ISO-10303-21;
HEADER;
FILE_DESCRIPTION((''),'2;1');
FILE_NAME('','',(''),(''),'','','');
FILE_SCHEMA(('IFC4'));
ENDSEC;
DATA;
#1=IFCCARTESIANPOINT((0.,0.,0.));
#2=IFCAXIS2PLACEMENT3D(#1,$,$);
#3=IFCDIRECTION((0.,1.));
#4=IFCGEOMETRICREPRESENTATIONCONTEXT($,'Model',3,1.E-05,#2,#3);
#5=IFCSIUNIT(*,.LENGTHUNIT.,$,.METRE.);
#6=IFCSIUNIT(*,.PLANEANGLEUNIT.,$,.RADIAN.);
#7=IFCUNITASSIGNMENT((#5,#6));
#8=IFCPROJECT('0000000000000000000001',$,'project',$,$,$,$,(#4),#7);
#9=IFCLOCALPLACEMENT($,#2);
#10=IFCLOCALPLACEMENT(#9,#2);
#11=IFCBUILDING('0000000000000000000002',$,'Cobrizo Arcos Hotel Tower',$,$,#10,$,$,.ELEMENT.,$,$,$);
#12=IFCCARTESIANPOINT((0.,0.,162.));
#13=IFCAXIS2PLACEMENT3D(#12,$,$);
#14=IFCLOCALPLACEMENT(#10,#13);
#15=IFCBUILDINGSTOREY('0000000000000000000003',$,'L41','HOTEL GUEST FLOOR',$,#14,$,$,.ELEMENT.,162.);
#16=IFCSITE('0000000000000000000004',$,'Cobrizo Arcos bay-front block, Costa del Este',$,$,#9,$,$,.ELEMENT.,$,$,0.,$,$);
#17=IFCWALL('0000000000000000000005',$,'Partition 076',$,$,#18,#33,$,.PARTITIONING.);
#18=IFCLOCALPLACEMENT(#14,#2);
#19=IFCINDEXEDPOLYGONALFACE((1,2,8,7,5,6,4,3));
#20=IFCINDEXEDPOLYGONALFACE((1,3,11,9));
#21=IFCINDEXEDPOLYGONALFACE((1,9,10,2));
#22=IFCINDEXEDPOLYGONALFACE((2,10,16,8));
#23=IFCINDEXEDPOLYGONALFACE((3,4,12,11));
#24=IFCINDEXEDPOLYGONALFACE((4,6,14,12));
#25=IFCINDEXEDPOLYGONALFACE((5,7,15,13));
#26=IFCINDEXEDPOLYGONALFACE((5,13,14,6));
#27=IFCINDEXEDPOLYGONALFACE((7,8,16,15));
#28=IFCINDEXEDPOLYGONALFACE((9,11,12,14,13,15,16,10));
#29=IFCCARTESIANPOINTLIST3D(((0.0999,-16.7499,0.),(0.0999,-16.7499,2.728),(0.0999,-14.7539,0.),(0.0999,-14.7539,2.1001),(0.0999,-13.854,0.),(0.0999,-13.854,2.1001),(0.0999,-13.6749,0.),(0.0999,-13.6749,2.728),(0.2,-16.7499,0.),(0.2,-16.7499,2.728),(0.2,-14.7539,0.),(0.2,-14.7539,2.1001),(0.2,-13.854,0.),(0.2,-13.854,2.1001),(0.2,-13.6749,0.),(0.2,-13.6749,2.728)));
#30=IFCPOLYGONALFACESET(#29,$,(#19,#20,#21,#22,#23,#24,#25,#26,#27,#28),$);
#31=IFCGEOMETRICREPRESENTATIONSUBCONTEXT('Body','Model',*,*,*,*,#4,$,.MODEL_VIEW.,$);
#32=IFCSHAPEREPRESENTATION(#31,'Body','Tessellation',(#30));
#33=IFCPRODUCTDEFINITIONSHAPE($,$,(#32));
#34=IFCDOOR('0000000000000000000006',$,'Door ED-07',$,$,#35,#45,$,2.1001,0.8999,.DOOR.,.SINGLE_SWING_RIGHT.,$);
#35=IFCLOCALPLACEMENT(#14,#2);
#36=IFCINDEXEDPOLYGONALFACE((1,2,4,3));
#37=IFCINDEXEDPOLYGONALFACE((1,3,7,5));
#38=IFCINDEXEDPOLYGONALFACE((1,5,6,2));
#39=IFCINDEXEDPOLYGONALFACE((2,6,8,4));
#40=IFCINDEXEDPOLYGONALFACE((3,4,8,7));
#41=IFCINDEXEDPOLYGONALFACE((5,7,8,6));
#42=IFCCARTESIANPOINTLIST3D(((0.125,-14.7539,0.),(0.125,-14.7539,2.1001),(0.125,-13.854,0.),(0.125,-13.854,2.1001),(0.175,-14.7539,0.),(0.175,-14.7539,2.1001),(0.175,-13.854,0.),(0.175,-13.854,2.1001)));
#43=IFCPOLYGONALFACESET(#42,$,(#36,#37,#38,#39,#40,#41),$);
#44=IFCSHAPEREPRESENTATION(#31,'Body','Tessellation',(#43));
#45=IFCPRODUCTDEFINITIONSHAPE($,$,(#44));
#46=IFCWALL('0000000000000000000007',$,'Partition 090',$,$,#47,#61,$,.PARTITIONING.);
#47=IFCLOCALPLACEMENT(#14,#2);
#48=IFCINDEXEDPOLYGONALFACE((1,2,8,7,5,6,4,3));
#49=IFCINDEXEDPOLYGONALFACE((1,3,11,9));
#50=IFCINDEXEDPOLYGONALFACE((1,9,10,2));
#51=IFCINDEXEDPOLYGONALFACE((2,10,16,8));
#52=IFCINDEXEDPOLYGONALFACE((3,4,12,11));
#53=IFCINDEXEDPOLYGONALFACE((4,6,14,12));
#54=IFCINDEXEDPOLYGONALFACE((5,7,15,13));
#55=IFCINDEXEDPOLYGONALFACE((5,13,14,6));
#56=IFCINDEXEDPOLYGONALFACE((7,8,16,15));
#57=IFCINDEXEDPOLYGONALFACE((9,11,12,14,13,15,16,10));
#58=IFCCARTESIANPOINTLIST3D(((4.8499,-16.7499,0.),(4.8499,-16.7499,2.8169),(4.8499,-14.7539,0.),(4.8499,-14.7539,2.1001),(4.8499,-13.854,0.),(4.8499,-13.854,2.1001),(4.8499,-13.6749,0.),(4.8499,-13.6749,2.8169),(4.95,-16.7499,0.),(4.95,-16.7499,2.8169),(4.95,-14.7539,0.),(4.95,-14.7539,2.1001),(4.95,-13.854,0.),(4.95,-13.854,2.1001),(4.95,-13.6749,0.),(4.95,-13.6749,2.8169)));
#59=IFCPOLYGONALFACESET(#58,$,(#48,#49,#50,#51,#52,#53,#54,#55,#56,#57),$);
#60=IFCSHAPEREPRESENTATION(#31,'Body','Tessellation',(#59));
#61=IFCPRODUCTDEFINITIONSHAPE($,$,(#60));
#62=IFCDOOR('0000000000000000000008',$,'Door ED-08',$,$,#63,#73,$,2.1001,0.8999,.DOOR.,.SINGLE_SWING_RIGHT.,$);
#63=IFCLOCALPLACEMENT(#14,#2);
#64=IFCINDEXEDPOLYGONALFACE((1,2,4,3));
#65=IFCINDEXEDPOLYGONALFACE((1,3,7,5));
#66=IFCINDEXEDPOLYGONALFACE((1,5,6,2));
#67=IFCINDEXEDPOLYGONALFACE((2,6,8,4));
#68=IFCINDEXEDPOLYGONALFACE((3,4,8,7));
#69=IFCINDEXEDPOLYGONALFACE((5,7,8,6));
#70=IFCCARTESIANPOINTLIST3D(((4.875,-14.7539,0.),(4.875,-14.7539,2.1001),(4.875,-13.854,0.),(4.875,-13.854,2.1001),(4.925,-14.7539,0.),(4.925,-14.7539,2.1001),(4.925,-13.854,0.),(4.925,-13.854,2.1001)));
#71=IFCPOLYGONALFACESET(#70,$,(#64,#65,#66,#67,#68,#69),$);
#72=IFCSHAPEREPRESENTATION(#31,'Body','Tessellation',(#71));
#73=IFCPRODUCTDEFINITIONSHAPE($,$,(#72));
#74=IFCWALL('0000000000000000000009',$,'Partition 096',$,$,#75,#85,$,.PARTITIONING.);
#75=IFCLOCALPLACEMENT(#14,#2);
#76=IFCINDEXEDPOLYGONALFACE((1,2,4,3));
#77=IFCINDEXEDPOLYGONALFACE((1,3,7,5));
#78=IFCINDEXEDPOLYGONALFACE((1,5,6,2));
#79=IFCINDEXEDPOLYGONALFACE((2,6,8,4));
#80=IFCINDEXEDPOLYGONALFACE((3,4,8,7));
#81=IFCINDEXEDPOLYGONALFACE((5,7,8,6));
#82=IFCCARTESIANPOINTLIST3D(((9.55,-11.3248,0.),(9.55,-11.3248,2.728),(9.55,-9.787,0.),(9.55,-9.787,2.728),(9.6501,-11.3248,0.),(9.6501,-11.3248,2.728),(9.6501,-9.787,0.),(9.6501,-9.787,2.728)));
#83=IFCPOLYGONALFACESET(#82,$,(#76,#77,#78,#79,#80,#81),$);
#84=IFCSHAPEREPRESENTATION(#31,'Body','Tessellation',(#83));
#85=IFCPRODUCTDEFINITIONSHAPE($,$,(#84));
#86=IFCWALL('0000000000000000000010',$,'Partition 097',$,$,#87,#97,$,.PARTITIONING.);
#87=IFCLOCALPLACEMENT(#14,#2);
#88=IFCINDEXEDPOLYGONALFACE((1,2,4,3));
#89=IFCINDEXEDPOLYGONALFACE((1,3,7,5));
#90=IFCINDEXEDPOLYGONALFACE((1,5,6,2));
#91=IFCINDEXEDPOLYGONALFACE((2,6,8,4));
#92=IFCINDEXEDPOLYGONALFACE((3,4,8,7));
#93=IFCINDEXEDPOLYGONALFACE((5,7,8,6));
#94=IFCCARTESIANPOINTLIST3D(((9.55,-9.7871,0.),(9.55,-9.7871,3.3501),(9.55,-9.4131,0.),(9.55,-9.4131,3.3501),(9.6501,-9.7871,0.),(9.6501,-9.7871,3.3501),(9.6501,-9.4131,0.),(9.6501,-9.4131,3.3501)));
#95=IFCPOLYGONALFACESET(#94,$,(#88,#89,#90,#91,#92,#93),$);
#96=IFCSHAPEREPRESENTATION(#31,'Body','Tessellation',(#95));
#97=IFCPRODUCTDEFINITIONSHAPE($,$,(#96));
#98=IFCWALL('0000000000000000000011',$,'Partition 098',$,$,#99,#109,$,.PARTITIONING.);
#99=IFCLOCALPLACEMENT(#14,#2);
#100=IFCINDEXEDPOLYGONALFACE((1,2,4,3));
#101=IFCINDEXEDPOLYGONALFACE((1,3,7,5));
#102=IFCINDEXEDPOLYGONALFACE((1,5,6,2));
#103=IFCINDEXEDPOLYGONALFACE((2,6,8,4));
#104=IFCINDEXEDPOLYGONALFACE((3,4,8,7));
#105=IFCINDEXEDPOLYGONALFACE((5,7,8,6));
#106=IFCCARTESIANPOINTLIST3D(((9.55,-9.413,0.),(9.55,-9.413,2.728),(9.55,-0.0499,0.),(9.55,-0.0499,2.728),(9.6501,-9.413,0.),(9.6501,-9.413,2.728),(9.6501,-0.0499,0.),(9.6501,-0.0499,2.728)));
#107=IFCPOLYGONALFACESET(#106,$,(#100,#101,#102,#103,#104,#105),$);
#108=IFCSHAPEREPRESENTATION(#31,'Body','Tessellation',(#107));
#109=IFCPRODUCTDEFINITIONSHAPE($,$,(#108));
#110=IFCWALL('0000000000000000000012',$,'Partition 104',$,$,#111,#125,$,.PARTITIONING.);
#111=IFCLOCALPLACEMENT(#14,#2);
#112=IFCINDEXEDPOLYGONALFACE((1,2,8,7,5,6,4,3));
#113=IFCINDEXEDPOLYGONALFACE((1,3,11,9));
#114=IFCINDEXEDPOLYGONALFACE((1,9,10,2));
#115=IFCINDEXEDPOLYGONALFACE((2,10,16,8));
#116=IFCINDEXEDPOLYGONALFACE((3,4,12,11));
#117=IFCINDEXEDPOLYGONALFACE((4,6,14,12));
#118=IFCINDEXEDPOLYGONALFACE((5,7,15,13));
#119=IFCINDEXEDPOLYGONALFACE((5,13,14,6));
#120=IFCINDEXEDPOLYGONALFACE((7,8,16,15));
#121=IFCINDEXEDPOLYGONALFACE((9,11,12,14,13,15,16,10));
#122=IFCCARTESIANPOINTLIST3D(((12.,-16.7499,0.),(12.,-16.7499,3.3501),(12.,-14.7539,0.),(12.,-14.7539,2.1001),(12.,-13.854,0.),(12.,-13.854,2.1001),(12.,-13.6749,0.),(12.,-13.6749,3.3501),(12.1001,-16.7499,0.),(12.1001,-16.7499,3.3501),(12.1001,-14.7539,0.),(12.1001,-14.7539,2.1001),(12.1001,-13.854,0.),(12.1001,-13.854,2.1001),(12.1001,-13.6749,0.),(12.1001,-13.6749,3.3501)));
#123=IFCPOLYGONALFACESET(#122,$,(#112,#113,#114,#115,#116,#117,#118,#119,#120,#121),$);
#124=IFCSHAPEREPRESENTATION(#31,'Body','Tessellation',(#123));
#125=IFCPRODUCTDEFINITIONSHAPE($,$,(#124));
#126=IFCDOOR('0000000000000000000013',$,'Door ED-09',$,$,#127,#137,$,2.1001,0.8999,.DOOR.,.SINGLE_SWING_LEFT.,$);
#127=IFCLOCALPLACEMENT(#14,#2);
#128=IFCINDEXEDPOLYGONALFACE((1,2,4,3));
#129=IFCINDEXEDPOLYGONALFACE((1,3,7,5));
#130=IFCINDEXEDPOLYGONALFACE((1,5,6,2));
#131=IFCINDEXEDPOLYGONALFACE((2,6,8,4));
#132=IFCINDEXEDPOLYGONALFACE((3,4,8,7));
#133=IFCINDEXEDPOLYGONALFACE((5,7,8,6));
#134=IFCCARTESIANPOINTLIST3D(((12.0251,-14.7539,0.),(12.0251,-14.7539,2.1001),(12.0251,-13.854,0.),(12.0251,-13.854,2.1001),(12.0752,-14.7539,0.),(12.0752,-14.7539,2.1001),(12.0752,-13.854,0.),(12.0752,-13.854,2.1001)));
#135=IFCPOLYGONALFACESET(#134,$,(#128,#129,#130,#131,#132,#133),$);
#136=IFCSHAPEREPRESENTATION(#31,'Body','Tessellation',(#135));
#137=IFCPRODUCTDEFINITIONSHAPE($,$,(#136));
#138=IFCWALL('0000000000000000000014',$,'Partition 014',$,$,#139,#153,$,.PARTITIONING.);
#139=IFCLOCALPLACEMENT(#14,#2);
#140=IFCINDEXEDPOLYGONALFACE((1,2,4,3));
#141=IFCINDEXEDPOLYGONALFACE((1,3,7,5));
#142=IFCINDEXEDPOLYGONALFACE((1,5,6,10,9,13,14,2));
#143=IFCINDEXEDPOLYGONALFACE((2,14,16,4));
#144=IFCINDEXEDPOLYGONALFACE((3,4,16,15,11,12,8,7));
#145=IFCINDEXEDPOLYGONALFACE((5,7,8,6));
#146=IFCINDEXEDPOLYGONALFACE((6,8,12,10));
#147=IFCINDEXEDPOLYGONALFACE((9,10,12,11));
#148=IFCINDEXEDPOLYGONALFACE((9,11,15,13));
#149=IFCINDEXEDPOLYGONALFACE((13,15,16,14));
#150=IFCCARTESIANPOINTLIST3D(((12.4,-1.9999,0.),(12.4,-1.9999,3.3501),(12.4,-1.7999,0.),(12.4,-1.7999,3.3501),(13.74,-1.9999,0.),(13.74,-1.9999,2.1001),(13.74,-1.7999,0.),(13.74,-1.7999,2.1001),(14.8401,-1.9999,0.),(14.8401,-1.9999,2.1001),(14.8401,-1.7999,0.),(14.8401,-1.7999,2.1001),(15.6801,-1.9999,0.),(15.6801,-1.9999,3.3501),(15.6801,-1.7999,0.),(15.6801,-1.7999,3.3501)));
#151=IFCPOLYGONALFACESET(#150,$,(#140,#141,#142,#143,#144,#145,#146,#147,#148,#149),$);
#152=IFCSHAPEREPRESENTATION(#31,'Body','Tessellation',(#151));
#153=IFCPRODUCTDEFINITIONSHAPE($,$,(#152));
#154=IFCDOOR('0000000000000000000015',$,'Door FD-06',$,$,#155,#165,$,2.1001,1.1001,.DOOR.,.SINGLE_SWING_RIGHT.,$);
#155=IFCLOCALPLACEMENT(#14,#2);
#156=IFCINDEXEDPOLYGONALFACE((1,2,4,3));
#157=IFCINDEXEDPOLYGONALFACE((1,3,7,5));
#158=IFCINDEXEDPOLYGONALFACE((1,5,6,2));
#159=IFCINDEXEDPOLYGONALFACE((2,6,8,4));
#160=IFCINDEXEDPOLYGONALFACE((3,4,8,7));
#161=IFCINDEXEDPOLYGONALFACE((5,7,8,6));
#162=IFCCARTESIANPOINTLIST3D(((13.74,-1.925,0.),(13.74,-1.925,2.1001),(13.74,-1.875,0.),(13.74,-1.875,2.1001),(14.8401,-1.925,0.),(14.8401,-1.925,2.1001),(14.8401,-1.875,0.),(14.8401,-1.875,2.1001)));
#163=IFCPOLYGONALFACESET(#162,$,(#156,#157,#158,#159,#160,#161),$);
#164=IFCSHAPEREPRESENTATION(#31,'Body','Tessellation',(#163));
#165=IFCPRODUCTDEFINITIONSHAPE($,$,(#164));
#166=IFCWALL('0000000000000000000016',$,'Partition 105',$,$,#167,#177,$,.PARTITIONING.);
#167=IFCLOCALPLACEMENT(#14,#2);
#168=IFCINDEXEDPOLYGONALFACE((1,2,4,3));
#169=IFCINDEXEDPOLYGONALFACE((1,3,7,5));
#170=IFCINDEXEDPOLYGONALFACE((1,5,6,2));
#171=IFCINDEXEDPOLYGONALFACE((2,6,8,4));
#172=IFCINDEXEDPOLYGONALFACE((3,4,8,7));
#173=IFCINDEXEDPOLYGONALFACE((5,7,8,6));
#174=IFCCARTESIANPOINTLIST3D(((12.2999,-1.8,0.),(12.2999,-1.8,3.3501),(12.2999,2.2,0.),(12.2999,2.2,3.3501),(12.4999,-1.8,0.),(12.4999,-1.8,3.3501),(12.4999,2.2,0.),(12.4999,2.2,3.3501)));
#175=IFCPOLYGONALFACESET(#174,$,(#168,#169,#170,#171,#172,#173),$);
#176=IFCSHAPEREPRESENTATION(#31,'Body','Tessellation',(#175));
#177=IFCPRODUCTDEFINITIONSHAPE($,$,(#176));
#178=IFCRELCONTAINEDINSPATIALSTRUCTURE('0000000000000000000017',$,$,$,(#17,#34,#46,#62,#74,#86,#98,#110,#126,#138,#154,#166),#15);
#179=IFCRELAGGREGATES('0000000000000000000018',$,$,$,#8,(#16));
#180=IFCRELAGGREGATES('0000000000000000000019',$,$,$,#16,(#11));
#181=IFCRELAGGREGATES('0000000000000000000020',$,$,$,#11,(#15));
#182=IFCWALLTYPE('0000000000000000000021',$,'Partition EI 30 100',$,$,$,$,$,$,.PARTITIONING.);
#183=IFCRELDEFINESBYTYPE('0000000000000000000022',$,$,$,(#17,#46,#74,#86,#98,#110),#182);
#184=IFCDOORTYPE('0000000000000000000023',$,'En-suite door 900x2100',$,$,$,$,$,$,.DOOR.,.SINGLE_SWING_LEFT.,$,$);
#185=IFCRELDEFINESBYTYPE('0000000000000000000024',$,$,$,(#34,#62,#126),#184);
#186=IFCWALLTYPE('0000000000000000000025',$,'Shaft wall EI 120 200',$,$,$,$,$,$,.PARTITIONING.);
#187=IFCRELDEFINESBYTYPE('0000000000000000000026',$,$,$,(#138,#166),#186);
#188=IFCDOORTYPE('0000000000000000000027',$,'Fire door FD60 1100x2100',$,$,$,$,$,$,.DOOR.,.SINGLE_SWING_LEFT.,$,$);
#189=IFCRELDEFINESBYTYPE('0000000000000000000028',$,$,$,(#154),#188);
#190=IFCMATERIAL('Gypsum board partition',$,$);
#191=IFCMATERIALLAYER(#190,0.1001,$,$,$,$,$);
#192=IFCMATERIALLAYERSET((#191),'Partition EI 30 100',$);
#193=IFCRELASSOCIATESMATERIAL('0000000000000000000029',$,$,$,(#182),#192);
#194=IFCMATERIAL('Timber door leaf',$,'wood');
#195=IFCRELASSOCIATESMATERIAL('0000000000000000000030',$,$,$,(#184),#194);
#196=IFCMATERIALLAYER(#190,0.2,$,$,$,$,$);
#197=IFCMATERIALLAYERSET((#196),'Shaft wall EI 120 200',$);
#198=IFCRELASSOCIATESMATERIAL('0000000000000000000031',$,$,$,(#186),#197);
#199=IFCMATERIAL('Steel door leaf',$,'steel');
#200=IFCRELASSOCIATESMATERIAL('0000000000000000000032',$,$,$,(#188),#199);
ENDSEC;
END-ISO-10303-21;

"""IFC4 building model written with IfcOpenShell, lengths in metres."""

from ifc_helpers import new_model, si_unit, direction, frame, frame_2d, origin, place, context, subcontext, project, spatial, rectangle, extrude, material, layer, layer_set, type_object, element, fill, save


model = new_model("IFC4")

# Units and contexts
model_context = context("Model", 3, precision=1e-05, world=origin(), true_north=direction((0.0, 1.0)))
body_context = subcontext(model_context, "Body", "Model", "MODEL_VIEW")
ifc_project = project(units=[si_unit("LENGTHUNIT", "METRE"), si_unit("PLANEANGLEUNIT", "RADIAN")], contexts=[model_context])

# Site, building, storey
site_placement = place(None, origin())
site = spatial("IfcSite", under=ifc_project, at=site_placement, Name="Cobrizo Arcos bay-front block, Costa del Este", CompositionType="ELEMENT", RefElevation=0.0)
building_placement = place(site_placement, origin())
building = spatial("IfcBuilding", under=site, at=building_placement, Name="Cobrizo Arcos Hotel Tower", CompositionType="ELEMENT")
storey_placement = place(building_placement, frame((0.0, 0.0, 162.0)))
storey = spatial("IfcBuildingStorey", under=building, at=storey_placement, Name="L41", Description="HOTEL GUEST FLOOR", CompositionType="ELEMENT", Elevation=162.0)

# Shared definitions
ifc_material_1 = material(Name="Gypsum board partition")

# Shared definitions
ifc_material_2 = material(Name="Timber door leaf", Category="wood")

# Shared definitions
ifc_layer_1 = layer(ifc_material_1, 0.1001)
ifc_layer_set_1 = layer_set([ifc_layer_1], Name="Partition EI 30 100")
wall_type_1 = type_object("IfcWallType", Name="Partition EI 30 100", PredefinedType="PARTITIONING", material=ifc_layer_set_1)

# Walls, openings, doors
wall_1_placement = place(storey_placement, frame((0.1499, -16.75, 0.0), z_axis=(0.0, 0.0, 1.0), x_axis=(0.0, 1.0, 0.0)))
wall_1 = element("IfcWall", 1, at=wall_1_placement, inside=storey, type_object=wall_type_1, Name="Partition 076", PredefinedType="PARTITIONING", context=body_context, shape_type="SweptSolid", body=[
    extrude(rectangle(XDim=3.075, YDim=0.1001, at=frame_2d((1.5376, 0.0))), origin(), (0.0, 0.0, 1.0), 2.728),
])
opening_1_placement = place(wall_1_placement, frame((1.9961, 0.0, 0.0)))
opening_1 = element("IfcOpeningElement", 2, at=opening_1_placement, cuts=wall_1, PredefinedType="OPENING", context=body_context, shape_type="SweptSolid", body=[
    extrude(rectangle(XDim=0.8999, YDim=2.1001, at=frame_2d((0.45, 1.05))), frame((0.0, 0.062, 0.0), z_axis=(0.0, -1.0, 0.0), x_axis=(1.0, 0.0, 0.0)), (0.0, 0.0, 1.0), 0.124),
])
door_type_1 = type_object("IfcDoorType", Name="En-suite door 900x2100", OperationType="SINGLE_SWING_LEFT", PredefinedType="DOOR", material=ifc_material_2)
door_1_placement = place(opening_1_placement, origin())
door_1 = element("IfcDoor", 3, at=door_1_placement, inside=storey, type_object=door_type_1, Name="Door ED-07", OperationType="SINGLE_SWING_RIGHT", OverallHeight=2.1001, OverallWidth=0.8999, PredefinedType="DOOR", context=body_context, shape_type="SweptSolid", body=[
    extrude(rectangle(XDim=0.8999, YDim=2.1001, at=frame_2d((0.45, 1.05))), frame((0.0, 0.0249, 0.0), z_axis=(0.0, -1.0, 0.0), x_axis=(1.0, 0.0, 0.0)), (0.0, 0.0, 1.0), 0.05),
])
fill(opening_1, door_1)
wall_2_placement = place(storey_placement, frame((4.8999, -16.75, 0.0), z_axis=(0.0, 0.0, 1.0), x_axis=(0.0, 1.0, 0.0)))
wall_2 = element("IfcWall", 4, at=wall_2_placement, inside=storey, type_object=wall_type_1, Name="Partition 090", PredefinedType="PARTITIONING", context=body_context, shape_type="SweptSolid", body=[
    extrude(rectangle(XDim=3.075, YDim=0.1001, at=frame_2d((1.5376, 0.0))), origin(), (0.0, 0.0, 1.0), 2.8169),
])
opening_2_placement = place(wall_2_placement, frame((1.9961, 0.0, 0.0)))
opening_2 = element("IfcOpeningElement", 5, at=opening_2_placement, cuts=wall_2, PredefinedType="OPENING", context=body_context, shape_type="SweptSolid", body=[
    extrude(rectangle(XDim=0.8999, YDim=2.1001, at=frame_2d((0.45, 1.05))), frame((0.0, 0.062, 0.0), z_axis=(0.0, -1.0, 0.0), x_axis=(1.0, 0.0, 0.0)), (0.0, 0.0, 1.0), 0.124),
])
door_2_placement = place(opening_2_placement, origin())
door_2 = element("IfcDoor", 6, at=door_2_placement, inside=storey, type_object=door_type_1, Name="Door ED-08", OperationType="SINGLE_SWING_RIGHT", OverallHeight=2.1001, OverallWidth=0.8999, PredefinedType="DOOR", context=body_context, shape_type="SweptSolid", body=[
    extrude(rectangle(XDim=0.8999, YDim=2.1001, at=frame_2d((0.45, 1.05))), frame((0.0, 0.0249, 0.0), z_axis=(0.0, -1.0, 0.0), x_axis=(1.0, 0.0, 0.0)), (0.0, 0.0, 1.0), 0.05),
])
fill(opening_2, door_2)

# Walls
wall_3_placement = place(storey_placement, frame((9.6001, -11.325, 0.0), z_axis=(0.0, 0.0, 1.0), x_axis=(0.0, 1.0, 0.0)))
element("IfcWall", 7, at=wall_3_placement, inside=storey, type_object=wall_type_1, Name="Partition 096", PredefinedType="PARTITIONING", context=body_context, shape_type="SweptSolid", body=[
    extrude(rectangle(XDim=1.5378, YDim=0.1001, at=frame_2d((0.769, 0.0))), origin(), (0.0, 0.0, 1.0), 2.728),
])
wall_4_placement = place(storey_placement, frame((9.6001, -9.7871, 0.0), z_axis=(0.0, 0.0, 1.0), x_axis=(0.0, 1.0, 0.0)))
element("IfcWall", 8, at=wall_4_placement, inside=storey, type_object=wall_type_1, Name="Partition 097", PredefinedType="PARTITIONING", context=body_context, shape_type="SweptSolid", body=[
    extrude(rectangle(XDim=0.374, YDim=0.1001, at=frame_2d((0.187, 0.0))), origin(), (0.0, 0.0, 1.0), 3.3501),
])
wall_5_placement = place(storey_placement, frame((9.6001, -9.4131, 0.0), z_axis=(0.0, 0.0, 1.0), x_axis=(0.0, 1.0, 0.0)))
element("IfcWall", 9, at=wall_5_placement, inside=storey, type_object=wall_type_1, Name="Partition 098", PredefinedType="PARTITIONING", context=body_context, shape_type="SweptSolid", body=[
    extrude(rectangle(XDim=9.363, YDim=0.1001, at=frame_2d((4.6816, 0.0))), origin(), (0.0, 0.0, 1.0), 2.728),
])

# Walls, openings, doors
wall_6_placement = place(storey_placement, frame((12.05, -16.75, 0.0), z_axis=(0.0, 0.0, 1.0), x_axis=(0.0, 1.0, 0.0)))
wall_6 = element("IfcWall", 10, at=wall_6_placement, inside=storey, type_object=wall_type_1, Name="Partition 104", PredefinedType="PARTITIONING", context=body_context, shape_type="SweptSolid", body=[
    extrude(rectangle(XDim=3.075, YDim=0.1001, at=frame_2d((1.5376, 0.0))), origin(), (0.0, 0.0, 1.0), 3.3501),
])
opening_3_placement = place(wall_6_placement, frame((1.9961, 0.0, 0.0)))
opening_3 = element("IfcOpeningElement", 11, at=opening_3_placement, cuts=wall_6, PredefinedType="OPENING", context=body_context, shape_type="SweptSolid", body=[
    extrude(rectangle(XDim=0.8999, YDim=2.1001, at=frame_2d((0.45, 1.05))), frame((0.0, 0.062, 0.0), z_axis=(0.0, -1.0, 0.0), x_axis=(1.0, 0.0, 0.0)), (0.0, 0.0, 1.0), 0.124),
])
door_3_placement = place(opening_3_placement, origin())
door_3 = element("IfcDoor", 12, at=door_3_placement, inside=storey, type_object=door_type_1, Name="Door ED-09", OperationType="SINGLE_SWING_LEFT", OverallHeight=2.1001, OverallWidth=0.8999, PredefinedType="DOOR", context=body_context, shape_type="SweptSolid", body=[
    extrude(rectangle(XDim=0.8999, YDim=2.1001, at=frame_2d((0.45, 1.05))), frame((0.0, 0.0249, 0.0), z_axis=(0.0, -1.0, 0.0), x_axis=(1.0, 0.0, 0.0)), (0.0, 0.0, 1.0), 0.05),
])
fill(opening_3, door_3)
ifc_layer_2 = layer(ifc_material_1, 0.2)
ifc_layer_set_2 = layer_set([ifc_layer_2], Name="Shaft wall EI 120 200")
wall_type_2 = type_object("IfcWallType", Name="Shaft wall EI 120 200", PredefinedType="PARTITIONING", material=ifc_layer_set_2)
wall_7_placement = place(storey_placement, frame((12.3999, -1.8999, 0.0), z_axis=(0.0, 0.0, 1.0), x_axis=(1.0, 0.0, 0.0)))
wall_7 = element("IfcWall", 13, at=wall_7_placement, inside=storey, type_object=wall_type_2, Name="Partition 014", PredefinedType="PARTITIONING", context=body_context, shape_type="SweptSolid", body=[
    extrude(rectangle(XDim=3.28, YDim=0.2, at=frame_2d((1.6401, 0.0))), origin(), (0.0, 0.0, 1.0), 3.3501),
])
opening_4_placement = place(wall_7_placement, frame((1.3401, 0.0, 0.0)))
opening_4 = element("IfcOpeningElement", 14, at=opening_4_placement, cuts=wall_7, PredefinedType="OPENING", context=body_context, shape_type="SweptSolid", body=[
    extrude(rectangle(XDim=1.1001, YDim=2.1001, at=frame_2d((0.55, 1.05))), frame((0.0, 0.1121, 0.0), z_axis=(0.0, -1.0, 0.0), x_axis=(1.0, 0.0, 0.0)), (0.0, 0.0, 1.0), 0.2239),
])
ifc_material_3 = material(Name="Steel door leaf", Category="steel")
door_type_2 = type_object("IfcDoorType", Name="Fire door FD60 1100x2100", OperationType="SINGLE_SWING_LEFT", PredefinedType="DOOR", material=ifc_material_3)
door_4_placement = place(opening_4_placement, origin())
door_4 = element("IfcDoor", 15, at=door_4_placement, inside=storey, type_object=door_type_2, Name="Door FD-06", OperationType="SINGLE_SWING_RIGHT", OverallHeight=2.1001, OverallWidth=1.1001, PredefinedType="DOOR", context=body_context, shape_type="SweptSolid", body=[
    extrude(rectangle(XDim=1.1001, YDim=2.1001, at=frame_2d((0.55, 1.05))), frame((0.0, 0.0249, 0.0), z_axis=(0.0, -1.0, 0.0), x_axis=(1.0, 0.0, 0.0)), (0.0, 0.0, 1.0), 0.05),
])
fill(opening_4, door_4)

# Wall
wall_8_placement = place(storey_placement, frame((12.3999, -1.8, 0.0), z_axis=(0.0, 0.0, 1.0), x_axis=(0.0, 1.0, 0.0)))
element("IfcWall", 16, at=wall_8_placement, inside=storey, type_object=wall_type_2, Name="Partition 105", PredefinedType="PARTITIONING", context=body_context, shape_type="SweptSolid", body=[
    extrude(rectangle(XDim=4.0, YDim=0.2, at=frame_2d((2.0, 0.0))), origin(), (0.0, 0.0, 1.0), 3.3501),
])

save(model, "model.ifc")
